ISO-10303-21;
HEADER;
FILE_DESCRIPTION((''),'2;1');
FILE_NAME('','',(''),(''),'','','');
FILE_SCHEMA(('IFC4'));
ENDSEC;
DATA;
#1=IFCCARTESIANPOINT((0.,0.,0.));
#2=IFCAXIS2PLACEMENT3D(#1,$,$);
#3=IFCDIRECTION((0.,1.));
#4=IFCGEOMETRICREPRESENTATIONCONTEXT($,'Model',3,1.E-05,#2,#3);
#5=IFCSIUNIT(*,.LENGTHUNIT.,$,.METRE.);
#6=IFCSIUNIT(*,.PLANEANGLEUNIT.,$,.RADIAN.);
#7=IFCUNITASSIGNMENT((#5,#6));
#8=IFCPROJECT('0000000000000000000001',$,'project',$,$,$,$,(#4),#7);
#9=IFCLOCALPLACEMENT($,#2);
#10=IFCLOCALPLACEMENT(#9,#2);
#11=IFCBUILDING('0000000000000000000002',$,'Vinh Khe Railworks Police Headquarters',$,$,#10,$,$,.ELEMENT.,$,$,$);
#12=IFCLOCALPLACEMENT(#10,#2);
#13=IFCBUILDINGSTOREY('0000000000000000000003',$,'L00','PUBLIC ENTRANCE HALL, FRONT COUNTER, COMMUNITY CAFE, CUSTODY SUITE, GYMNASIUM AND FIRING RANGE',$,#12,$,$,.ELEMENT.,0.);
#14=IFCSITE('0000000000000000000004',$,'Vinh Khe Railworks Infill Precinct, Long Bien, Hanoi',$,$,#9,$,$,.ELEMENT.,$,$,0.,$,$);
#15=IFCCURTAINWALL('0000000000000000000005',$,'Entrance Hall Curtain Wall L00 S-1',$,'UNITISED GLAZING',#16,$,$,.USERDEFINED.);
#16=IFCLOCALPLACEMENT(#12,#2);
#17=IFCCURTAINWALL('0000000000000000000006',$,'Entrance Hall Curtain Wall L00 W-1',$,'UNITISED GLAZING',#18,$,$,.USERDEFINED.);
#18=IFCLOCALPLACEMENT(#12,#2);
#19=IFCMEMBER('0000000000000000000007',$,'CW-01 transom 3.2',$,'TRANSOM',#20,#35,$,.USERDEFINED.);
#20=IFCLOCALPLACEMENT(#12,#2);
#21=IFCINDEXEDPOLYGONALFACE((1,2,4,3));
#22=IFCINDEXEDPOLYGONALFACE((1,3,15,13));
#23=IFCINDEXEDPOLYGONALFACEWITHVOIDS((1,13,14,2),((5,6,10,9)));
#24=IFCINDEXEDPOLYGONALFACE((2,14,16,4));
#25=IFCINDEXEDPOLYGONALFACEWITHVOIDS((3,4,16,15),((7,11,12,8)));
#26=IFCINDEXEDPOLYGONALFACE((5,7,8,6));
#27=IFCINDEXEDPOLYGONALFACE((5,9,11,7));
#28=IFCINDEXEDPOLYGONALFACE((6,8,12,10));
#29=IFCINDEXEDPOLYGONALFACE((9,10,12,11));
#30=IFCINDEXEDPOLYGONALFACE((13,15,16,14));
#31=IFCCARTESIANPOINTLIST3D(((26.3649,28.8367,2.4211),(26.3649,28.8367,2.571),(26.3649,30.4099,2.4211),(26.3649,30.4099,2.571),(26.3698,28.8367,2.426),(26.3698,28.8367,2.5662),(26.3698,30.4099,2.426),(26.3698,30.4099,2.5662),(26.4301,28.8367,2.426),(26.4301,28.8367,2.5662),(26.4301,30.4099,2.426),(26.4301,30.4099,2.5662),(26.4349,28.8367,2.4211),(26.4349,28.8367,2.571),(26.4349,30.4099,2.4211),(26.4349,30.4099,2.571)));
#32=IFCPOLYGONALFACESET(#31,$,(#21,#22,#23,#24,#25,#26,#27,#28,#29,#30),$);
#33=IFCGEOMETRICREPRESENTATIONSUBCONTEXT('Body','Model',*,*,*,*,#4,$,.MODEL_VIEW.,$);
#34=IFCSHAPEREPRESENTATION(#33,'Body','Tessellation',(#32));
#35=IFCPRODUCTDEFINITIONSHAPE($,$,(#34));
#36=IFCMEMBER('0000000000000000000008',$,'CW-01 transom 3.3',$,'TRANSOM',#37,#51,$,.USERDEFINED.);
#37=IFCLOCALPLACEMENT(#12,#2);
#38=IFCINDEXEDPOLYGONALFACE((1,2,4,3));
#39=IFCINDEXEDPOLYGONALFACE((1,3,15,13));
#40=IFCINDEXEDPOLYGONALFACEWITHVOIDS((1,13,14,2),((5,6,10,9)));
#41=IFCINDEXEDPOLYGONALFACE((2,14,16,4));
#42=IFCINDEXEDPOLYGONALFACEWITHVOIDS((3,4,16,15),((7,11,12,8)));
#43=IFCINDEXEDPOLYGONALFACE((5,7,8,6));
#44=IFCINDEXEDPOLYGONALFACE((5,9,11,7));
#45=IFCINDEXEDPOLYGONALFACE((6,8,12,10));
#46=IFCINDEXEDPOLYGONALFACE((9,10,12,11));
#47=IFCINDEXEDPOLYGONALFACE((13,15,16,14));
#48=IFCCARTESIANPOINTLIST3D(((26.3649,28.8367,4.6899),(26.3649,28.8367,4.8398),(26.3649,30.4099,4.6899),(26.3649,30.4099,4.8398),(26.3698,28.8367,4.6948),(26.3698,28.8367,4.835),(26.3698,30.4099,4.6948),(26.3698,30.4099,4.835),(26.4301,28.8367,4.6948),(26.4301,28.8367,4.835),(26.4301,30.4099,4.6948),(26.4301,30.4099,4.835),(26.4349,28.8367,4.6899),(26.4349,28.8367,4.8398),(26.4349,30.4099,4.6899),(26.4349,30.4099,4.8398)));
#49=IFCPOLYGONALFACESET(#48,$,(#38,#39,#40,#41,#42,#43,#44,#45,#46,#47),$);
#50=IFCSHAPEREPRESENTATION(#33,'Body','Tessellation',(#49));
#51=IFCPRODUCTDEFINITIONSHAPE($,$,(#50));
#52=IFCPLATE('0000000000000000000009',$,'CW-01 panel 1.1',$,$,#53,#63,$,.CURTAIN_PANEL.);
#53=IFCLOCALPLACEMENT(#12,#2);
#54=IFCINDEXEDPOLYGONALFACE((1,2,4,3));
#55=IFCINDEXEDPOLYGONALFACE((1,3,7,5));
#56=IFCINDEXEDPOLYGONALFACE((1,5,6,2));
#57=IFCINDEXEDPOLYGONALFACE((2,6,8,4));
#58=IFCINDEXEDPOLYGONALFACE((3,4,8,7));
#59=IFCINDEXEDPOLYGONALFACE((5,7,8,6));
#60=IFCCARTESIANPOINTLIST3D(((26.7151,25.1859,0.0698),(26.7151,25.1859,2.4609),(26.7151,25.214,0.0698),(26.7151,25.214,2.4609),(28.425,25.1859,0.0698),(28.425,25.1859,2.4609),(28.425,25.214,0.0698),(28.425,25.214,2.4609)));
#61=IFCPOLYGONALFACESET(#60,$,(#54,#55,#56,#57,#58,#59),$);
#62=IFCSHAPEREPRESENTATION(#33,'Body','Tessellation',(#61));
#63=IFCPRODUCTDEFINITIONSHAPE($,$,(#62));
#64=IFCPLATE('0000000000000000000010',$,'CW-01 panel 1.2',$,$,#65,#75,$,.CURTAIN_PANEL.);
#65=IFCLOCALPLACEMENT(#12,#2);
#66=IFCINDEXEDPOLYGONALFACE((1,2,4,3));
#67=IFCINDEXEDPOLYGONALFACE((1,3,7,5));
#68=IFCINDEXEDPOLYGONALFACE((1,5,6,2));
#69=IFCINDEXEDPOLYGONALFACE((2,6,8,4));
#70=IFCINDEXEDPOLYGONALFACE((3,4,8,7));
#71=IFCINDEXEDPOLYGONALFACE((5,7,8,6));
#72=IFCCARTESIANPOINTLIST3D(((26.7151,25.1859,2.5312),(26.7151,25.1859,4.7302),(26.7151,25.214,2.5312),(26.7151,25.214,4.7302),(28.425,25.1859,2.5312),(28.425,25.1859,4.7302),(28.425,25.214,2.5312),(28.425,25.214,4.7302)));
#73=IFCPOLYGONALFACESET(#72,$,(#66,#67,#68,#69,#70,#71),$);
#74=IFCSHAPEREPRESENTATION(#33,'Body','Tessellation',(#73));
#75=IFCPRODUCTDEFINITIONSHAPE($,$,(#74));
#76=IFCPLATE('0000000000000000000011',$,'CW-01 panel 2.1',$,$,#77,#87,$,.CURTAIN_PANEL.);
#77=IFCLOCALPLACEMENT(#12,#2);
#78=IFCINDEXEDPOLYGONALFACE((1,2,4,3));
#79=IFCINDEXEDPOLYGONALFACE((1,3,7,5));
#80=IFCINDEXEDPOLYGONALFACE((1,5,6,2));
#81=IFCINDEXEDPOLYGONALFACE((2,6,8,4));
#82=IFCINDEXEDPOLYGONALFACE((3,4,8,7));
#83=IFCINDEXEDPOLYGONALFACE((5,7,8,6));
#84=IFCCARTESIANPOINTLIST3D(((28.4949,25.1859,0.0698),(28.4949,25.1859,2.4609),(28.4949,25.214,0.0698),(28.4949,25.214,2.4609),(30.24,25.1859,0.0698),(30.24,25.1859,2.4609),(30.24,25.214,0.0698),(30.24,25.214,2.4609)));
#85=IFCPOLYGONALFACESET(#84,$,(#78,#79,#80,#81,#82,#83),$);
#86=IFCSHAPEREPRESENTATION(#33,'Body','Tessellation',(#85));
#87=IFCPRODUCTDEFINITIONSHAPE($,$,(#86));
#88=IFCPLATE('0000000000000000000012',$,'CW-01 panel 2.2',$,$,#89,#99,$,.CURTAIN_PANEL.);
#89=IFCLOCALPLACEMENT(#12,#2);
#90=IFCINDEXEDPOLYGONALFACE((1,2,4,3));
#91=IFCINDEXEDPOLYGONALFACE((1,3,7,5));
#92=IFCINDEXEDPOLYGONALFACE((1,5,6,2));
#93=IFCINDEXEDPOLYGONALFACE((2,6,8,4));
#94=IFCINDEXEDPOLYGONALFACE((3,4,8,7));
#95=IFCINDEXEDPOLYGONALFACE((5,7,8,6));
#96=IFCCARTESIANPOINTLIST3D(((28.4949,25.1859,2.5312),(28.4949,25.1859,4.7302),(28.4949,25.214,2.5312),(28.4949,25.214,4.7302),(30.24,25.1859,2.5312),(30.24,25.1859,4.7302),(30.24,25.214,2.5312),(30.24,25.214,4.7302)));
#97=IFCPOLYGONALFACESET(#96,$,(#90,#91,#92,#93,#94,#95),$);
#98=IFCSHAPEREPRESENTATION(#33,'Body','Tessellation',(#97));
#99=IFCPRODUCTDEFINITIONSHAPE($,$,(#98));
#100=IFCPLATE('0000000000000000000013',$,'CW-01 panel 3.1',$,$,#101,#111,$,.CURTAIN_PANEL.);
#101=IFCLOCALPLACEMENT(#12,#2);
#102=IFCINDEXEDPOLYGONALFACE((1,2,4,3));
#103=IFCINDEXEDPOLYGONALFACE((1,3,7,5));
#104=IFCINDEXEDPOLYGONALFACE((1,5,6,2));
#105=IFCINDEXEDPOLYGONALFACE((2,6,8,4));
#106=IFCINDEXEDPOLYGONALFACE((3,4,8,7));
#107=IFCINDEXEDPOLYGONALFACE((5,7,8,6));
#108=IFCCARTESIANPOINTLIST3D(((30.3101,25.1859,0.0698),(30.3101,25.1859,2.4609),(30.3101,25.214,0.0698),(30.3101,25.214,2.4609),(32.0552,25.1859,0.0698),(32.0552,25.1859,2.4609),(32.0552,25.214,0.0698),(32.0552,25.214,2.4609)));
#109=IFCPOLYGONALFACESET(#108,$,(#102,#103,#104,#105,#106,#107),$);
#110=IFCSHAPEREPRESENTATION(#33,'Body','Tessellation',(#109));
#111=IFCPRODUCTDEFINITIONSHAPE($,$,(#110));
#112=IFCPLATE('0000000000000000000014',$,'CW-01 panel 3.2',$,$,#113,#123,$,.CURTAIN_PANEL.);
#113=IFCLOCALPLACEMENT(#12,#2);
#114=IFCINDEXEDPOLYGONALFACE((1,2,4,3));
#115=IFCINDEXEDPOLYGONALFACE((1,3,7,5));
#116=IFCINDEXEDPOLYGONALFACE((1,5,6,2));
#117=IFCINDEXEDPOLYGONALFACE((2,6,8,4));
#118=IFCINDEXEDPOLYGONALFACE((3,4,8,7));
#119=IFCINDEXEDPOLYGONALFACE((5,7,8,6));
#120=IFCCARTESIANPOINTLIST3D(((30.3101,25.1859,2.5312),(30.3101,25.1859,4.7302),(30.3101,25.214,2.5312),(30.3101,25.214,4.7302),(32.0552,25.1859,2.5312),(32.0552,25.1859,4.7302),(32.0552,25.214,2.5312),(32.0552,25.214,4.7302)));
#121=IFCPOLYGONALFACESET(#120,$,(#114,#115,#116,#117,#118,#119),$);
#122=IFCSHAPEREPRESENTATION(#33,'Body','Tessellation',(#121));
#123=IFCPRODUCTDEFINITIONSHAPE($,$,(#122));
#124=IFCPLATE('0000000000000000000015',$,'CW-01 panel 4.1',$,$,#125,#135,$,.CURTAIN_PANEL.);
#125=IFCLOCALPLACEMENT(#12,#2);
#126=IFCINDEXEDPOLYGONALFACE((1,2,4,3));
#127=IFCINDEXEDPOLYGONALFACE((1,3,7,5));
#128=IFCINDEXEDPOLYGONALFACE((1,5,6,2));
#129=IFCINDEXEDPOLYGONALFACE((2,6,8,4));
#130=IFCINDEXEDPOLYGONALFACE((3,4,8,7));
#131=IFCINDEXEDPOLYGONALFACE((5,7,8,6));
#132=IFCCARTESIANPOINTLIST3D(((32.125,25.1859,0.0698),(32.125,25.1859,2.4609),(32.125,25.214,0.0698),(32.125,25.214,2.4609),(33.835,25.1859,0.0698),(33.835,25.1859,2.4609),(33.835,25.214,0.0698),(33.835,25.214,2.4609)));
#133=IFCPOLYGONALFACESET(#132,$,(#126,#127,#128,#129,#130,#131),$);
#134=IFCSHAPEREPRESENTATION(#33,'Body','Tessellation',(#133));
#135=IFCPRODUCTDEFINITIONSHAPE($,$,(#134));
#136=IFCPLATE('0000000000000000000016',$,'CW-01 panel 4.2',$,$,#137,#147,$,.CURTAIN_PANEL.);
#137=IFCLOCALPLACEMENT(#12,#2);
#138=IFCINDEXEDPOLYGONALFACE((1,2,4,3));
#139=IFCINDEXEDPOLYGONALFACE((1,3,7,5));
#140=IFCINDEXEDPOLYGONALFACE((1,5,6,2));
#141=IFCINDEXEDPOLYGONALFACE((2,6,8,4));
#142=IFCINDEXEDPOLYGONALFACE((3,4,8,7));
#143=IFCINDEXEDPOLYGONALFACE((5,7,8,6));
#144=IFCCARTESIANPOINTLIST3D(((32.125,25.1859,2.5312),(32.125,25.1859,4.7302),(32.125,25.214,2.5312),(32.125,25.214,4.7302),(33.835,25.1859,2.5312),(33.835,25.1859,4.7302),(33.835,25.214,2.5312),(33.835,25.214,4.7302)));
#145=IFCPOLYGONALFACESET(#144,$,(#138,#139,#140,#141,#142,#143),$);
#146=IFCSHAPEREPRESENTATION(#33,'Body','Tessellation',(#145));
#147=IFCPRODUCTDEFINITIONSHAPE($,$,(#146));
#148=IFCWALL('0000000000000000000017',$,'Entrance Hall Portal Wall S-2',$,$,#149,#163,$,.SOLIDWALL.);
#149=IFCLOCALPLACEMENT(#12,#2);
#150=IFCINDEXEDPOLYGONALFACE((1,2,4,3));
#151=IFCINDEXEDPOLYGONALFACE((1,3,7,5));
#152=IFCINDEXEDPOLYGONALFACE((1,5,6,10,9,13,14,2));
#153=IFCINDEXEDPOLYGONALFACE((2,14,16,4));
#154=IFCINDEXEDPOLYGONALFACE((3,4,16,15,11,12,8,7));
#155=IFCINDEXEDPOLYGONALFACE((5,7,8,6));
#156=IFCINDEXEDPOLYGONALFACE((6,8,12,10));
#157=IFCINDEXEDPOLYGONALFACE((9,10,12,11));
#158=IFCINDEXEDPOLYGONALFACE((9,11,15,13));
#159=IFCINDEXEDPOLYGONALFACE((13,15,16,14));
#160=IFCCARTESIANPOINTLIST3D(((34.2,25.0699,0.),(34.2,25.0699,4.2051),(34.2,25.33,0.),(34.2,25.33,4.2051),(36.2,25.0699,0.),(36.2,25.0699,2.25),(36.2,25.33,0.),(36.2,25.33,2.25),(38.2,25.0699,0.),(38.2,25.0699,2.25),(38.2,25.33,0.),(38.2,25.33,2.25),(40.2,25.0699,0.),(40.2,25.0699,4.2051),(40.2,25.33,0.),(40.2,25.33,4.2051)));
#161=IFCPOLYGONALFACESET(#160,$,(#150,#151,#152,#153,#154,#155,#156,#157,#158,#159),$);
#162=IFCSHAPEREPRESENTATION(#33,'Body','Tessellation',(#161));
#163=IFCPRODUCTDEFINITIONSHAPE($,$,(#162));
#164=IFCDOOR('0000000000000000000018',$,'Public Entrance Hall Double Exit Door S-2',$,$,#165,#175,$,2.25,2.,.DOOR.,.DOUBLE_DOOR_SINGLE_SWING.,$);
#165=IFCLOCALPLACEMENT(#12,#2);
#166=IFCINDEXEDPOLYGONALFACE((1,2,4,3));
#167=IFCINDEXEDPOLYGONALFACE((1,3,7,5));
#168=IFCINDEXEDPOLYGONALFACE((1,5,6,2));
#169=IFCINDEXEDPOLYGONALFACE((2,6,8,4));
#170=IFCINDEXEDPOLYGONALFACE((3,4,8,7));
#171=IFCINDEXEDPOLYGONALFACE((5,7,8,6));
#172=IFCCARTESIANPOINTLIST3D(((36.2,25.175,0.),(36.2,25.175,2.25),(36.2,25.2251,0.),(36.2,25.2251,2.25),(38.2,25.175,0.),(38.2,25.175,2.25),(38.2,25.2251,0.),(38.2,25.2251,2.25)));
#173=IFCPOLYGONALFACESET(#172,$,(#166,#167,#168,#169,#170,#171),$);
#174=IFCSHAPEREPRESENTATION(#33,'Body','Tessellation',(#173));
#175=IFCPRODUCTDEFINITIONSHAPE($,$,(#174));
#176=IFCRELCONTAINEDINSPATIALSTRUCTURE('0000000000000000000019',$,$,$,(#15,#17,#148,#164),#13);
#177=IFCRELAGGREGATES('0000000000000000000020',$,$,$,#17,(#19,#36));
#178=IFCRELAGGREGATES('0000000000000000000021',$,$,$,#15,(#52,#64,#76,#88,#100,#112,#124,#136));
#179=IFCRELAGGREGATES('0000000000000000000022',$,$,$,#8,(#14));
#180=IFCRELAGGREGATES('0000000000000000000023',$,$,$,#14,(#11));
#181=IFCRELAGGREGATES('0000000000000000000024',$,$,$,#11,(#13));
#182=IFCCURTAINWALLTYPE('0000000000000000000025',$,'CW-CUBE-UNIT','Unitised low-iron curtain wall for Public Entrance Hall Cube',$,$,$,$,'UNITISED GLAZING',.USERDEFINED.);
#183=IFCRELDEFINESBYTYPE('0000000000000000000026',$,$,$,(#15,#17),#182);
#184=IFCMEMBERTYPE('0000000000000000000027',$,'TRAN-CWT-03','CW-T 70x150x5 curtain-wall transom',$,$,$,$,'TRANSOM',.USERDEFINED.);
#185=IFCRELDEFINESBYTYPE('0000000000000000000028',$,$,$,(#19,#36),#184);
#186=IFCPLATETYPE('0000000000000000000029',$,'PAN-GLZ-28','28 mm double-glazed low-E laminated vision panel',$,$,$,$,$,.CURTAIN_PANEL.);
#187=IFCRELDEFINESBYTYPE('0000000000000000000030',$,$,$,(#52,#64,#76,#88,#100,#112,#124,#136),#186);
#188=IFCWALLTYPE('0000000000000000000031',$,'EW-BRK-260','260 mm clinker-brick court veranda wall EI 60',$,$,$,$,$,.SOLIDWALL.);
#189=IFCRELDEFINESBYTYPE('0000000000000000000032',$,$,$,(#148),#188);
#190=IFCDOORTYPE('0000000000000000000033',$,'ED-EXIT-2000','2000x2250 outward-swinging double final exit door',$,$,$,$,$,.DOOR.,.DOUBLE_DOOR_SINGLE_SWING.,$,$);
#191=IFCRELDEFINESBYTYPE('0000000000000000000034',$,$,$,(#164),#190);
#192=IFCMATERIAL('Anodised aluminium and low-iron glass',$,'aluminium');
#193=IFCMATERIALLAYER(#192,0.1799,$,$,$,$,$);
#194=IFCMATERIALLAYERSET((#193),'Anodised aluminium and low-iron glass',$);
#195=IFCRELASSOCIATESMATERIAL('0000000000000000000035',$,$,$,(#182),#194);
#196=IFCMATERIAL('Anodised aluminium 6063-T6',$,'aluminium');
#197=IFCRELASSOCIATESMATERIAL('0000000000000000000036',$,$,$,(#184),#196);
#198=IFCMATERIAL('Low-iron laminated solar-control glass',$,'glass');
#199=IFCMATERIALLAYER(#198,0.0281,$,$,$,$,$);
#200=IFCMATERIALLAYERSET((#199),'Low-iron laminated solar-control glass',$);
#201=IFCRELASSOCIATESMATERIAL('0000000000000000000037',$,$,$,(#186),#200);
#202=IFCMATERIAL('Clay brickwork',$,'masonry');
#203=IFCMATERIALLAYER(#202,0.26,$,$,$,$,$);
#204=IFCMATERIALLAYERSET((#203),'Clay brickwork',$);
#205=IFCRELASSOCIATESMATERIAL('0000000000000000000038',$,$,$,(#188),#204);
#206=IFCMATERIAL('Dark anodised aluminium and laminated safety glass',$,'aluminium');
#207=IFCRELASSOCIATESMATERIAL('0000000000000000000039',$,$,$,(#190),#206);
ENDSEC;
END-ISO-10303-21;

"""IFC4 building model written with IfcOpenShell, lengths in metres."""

from ifc_helpers import new_model, si_unit, direction, frame, frame_2d, origin, origin_2d, place, context, subcontext, project, spatial, rectangle, hollow_rectangle, extrude, material, layer, layer_set, material_profile, profile_set, type_object, element, fill, aggregate, save


model = new_model("IFC4")

# Units and contexts
model_context = context("Model", 3, precision=1e-05, world=origin(), true_north=direction((0.0, 1.0)))
body_context = subcontext(model_context, "Body", "Model", "MODEL_VIEW")
ifc_project = project(units=[si_unit("LENGTHUNIT", "METRE"), si_unit("PLANEANGLEUNIT", "RADIAN")], contexts=[model_context])

# Site, building, storey
site_placement = place(None, origin())
site = spatial("IfcSite", under=ifc_project, at=site_placement, Name="Vinh Khe Railworks Infill Precinct, Long Bien, Hanoi", CompositionType="ELEMENT", RefElevation=0.0)
building_placement = place(site_placement, origin())
building = spatial("IfcBuilding", under=site, at=building_placement, Name="Vinh Khe Railworks Police Headquarters", CompositionType="ELEMENT")
storey_placement = place(building_placement, origin())
storey = spatial("IfcBuildingStorey", under=building, at=storey_placement, Name="L00", Description="PUBLIC ENTRANCE HALL, FRONT COUNTER, COMMUNITY CAFE, CUSTODY SUITE, GYMNASIUM AND FIRING RANGE", CompositionType="ELEMENT", Elevation=0.0)

# Curtain wall
ifc_material_1 = material(Name="Anodised aluminium and low-iron glass", Category="aluminium")
ifc_layer_1 = layer(ifc_material_1, 0.1799)
ifc_layer_set_1 = layer_set([ifc_layer_1], Name="Anodised aluminium and low-iron glass")
curtain_wall_type = type_object("IfcCurtainWallType", Name="CW-CUBE-UNIT", Description="Unitised low-iron curtain wall for Public Entrance Hall Cube", ElementType="UNITISED GLAZING", PredefinedType="USERDEFINED", material=ifc_layer_set_1)
curtain_wall_1_placement = place(storey_placement, origin())
curtain_wall_1 = element("IfcCurtainWall", 1, at=curtain_wall_1_placement, inside=storey, type_object=curtain_wall_type, Name="Entrance Hall Curtain Wall L00 S-1", ObjectType="UNITISED GLAZING", PredefinedType="USERDEFINED")
ifc_material_2 = material(Name="Anodised aluminium 6063-T6", Category="aluminium")

# Curtain wall
curtain_wall_2_placement = place(storey_placement, origin())
curtain_wall_2 = element("IfcCurtainWall", 2, at=curtain_wall_2_placement, inside=storey, type_object=curtain_wall_type, Name="Entrance Hall Curtain Wall L00 W-1", ObjectType="UNITISED GLAZING", PredefinedType="USERDEFINED")

# Members
ifc_material_profile_1 = material_profile(ifc_material_2, hollow_rectangle(XDim=0.0701, YDim=0.1499, WallThickness=0.0049, at=origin_2d()), Name="CW-T 70x150x5")
ifc_profile_set_1 = profile_set([ifc_material_profile_1], Name="Anodised aluminium 6063-T6")
member_type_1 = type_object("IfcMemberType", Name="TRAN-CWT-03", Description="CW-T 70x150x5 curtain-wall transom", ElementType="TRANSOM", PredefinedType="USERDEFINED", material=ifc_profile_set_1)
member_1_placement = place(storey_placement, frame((26.3999, 28.8367, 2.4961), z_axis=(0.0, 1.0, 0.0), x_axis=(-1.0, 0.0, 0.0)))
member_1 = element("IfcMember", 3, at=member_1_placement, type_object=member_type_1, Name="CW-01 transom 3.2", ObjectType="TRANSOM", PredefinedType="USERDEFINED", context=body_context, shape_type="SweptSolid", body=[
    extrude(hollow_rectangle(XDim=0.0701, YDim=0.1499, WallThickness=0.0049, at=origin_2d()), origin(), (0.0, 0.0, 1.0), 1.5732),
])
member_2_placement = place(storey_placement, frame((26.3999, 28.8367, 4.7649), z_axis=(0.0, 1.0, 0.0), x_axis=(-1.0, 0.0, 0.0)))
member_2 = element("IfcMember", 4, at=member_2_placement, type_object=member_type_1, Name="CW-01 transom 3.3", ObjectType="TRANSOM", PredefinedType="USERDEFINED", context=body_context, shape_type="SweptSolid", body=[
    extrude(hollow_rectangle(XDim=0.0701, YDim=0.1499, WallThickness=0.0049, at=origin_2d()), origin(), (0.0, 0.0, 1.0), 1.5732),
])
aggregate(curtain_wall_2, [member_1, member_2])

# Plates
ifc_material_3 = material(Name="Low-iron laminated solar-control glass", Category="glass")
ifc_layer_2 = layer(ifc_material_3, 0.0281)
ifc_layer_set_2 = layer_set([ifc_layer_2], Name="Low-iron laminated solar-control glass")
plate_type = type_object("IfcPlateType", Name="PAN-GLZ-28", Description="28 mm double-glazed low-E laminated vision panel", PredefinedType="CURTAIN_PANEL", material=ifc_layer_set_2)
plate_1_placement = place(storey_placement, frame((27.5701, 25.2, 0.0698), z_axis=(0.0, 0.0, 1.0), x_axis=(1.0, 0.0, 0.0)))
plate_1 = element("IfcPlate", 5, at=plate_1_placement, type_object=plate_type, Name="CW-01 panel 1.1", PredefinedType="CURTAIN_PANEL", context=body_context, shape_type="SweptSolid", body=[
    extrude(rectangle(XDim=1.71, YDim=0.0281, at=origin_2d()), origin(), (0.0, 0.0, 1.0), 2.3911),
])
plate_2_placement = place(storey_placement, frame((27.5701, 25.2, 2.5312), z_axis=(0.0, 0.0, 1.0), x_axis=(1.0, 0.0, 0.0)))
plate_2 = element("IfcPlate", 6, at=plate_2_placement, type_object=plate_type, Name="CW-01 panel 1.2", PredefinedType="CURTAIN_PANEL", context=body_context, shape_type="SweptSolid", body=[
    extrude(rectangle(XDim=1.71, YDim=0.0281, at=origin_2d()), origin(), (0.0, 0.0, 1.0), 2.199),
])
plate_3_placement = place(storey_placement, frame((29.3674, 25.2, 0.0698), z_axis=(0.0, 0.0, 1.0), x_axis=(1.0, 0.0, 0.0)))
plate_3 = element("IfcPlate", 7, at=plate_3_placement, type_object=plate_type, Name="CW-01 panel 2.1", PredefinedType="CURTAIN_PANEL", context=body_context, shape_type="SweptSolid", body=[
    extrude(rectangle(XDim=1.7451, YDim=0.0281, at=origin_2d()), origin(), (0.0, 0.0, 1.0), 2.3911),
])
plate_4_placement = place(storey_placement, frame((29.3674, 25.2, 2.5312), z_axis=(0.0, 0.0, 1.0), x_axis=(1.0, 0.0, 0.0)))
plate_4 = element("IfcPlate", 8, at=plate_4_placement, type_object=plate_type, Name="CW-01 panel 2.2", PredefinedType="CURTAIN_PANEL", context=body_context, shape_type="SweptSolid", body=[
    extrude(rectangle(XDim=1.7451, YDim=0.0281, at=origin_2d()), origin(), (0.0, 0.0, 1.0), 2.199),
])
plate_5_placement = place(storey_placement, frame((31.1826, 25.2, 0.0698), z_axis=(0.0, 0.0, 1.0), x_axis=(1.0, 0.0, 0.0)))
plate_5 = element("IfcPlate", 9, at=plate_5_placement, type_object=plate_type, Name="CW-01 panel 3.1", PredefinedType="CURTAIN_PANEL", context=body_context, shape_type="SweptSolid", body=[
    extrude(rectangle(XDim=1.7451, YDim=0.0281, at=origin_2d()), origin(), (0.0, 0.0, 1.0), 2.3911),
])
plate_6_placement = place(storey_placement, frame((31.1826, 25.2, 2.5312), z_axis=(0.0, 0.0, 1.0), x_axis=(1.0, 0.0, 0.0)))
plate_6 = element("IfcPlate", 10, at=plate_6_placement, type_object=plate_type, Name="CW-01 panel 3.2", PredefinedType="CURTAIN_PANEL", context=body_context, shape_type="SweptSolid", body=[
    extrude(rectangle(XDim=1.7451, YDim=0.0281, at=origin_2d()), origin(), (0.0, 0.0, 1.0), 2.199),
])
plate_7_placement = place(storey_placement, frame((32.98, 25.2, 0.0698), z_axis=(0.0, 0.0, 1.0), x_axis=(1.0, 0.0, 0.0)))
plate_7 = element("IfcPlate", 11, at=plate_7_placement, type_object=plate_type, Name="CW-01 panel 4.1", PredefinedType="CURTAIN_PANEL", context=body_context, shape_type="SweptSolid", body=[
    extrude(rectangle(XDim=1.71, YDim=0.0281, at=origin_2d()), origin(), (0.0, 0.0, 1.0), 2.3911),
])
plate_8_placement = place(storey_placement, frame((32.98, 25.2, 2.5312), z_axis=(0.0, 0.0, 1.0), x_axis=(1.0, 0.0, 0.0)))
plate_8 = element("IfcPlate", 12, at=plate_8_placement, type_object=plate_type, Name="CW-01 panel 4.2", PredefinedType="CURTAIN_PANEL", context=body_context, shape_type="SweptSolid", body=[
    extrude(rectangle(XDim=1.71, YDim=0.0281, at=origin_2d()), origin(), (0.0, 0.0, 1.0), 2.199),
])
aggregate(curtain_wall_1, [plate_1, plate_2, plate_3, plate_4, plate_5, plate_6, plate_7, plate_8])

# Wall, opening, door
ifc_material_4 = material(Name="Clay brickwork", Category="masonry")
ifc_layer_3 = layer(ifc_material_4, 0.26)
ifc_layer_set_3 = layer_set([ifc_layer_3], Name="Clay brickwork")
wall_type = type_object("IfcWallType", Name="EW-BRK-260", Description="260 mm clinker-brick court veranda wall EI 60", PredefinedType="SOLIDWALL", material=ifc_layer_set_3)
wall_placement = place(storey_placement, frame((34.2, 25.2, 0.0), z_axis=(0.0, 0.0, 1.0), x_axis=(1.0, 0.0, 0.0)))
wall = element("IfcWall", 13, at=wall_placement, inside=storey, type_object=wall_type, Name="Entrance Hall Portal Wall S-2", PredefinedType="SOLIDWALL", context=body_context, shape_type="SweptSolid", body=[
    extrude(rectangle(XDim=6.0, YDim=0.26, at=frame_2d((3.0, 0.0))), origin(), (0.0, 0.0, 1.0), 4.2051),
])
opening_placement = place(wall_placement, frame((2.0, 0.0, 0.0)))
opening = element("IfcOpeningElement", 14, at=opening_placement, cuts=wall, PredefinedType="OPENING", context=body_context, shape_type="SweptSolid", body=[
    extrude(rectangle(XDim=2.0, YDim=2.25, at=frame_2d((1.0, 1.125))), frame((0.0, 0.145, 0.0), z_axis=(0.0, -1.0, 0.0), x_axis=(1.0, 0.0, 0.0)), (0.0, 0.0, 1.0), 0.2898),
])
ifc_material_5 = material(Name="Dark anodised aluminium and laminated safety glass", Category="aluminium")
door_type = type_object("IfcDoorType", Name="ED-EXIT-2000", Description="2000x2250 outward-swinging double final exit door", OperationType="DOUBLE_DOOR_SINGLE_SWING", PredefinedType="DOOR", material=ifc_material_5)
door_placement = place(opening_placement, frame((2.0, 0.0, 0.0), z_axis=(0.0, 0.0, 1.0), x_axis=(-1.0, 0.0, 0.0)))
door = element("IfcDoor", 15, at=door_placement, inside=storey, type_object=door_type, Name="Public Entrance Hall Double Exit Door S-2", OperationType="DOUBLE_DOOR_SINGLE_SWING", OverallHeight=2.25, OverallWidth=2.0, PredefinedType="DOOR", context=body_context, shape_type="SweptSolid", body=[
    extrude(rectangle(XDim=2.0, YDim=2.25, at=frame_2d((1.0, 1.125))), frame((0.0, 0.0249, 0.0), z_axis=(0.0, -1.0, 0.0), x_axis=(1.0, 0.0, 0.0)), (0.0, 0.0, 1.0), 0.05),
])
fill(opening, door)

save(model, "model.ifc")
